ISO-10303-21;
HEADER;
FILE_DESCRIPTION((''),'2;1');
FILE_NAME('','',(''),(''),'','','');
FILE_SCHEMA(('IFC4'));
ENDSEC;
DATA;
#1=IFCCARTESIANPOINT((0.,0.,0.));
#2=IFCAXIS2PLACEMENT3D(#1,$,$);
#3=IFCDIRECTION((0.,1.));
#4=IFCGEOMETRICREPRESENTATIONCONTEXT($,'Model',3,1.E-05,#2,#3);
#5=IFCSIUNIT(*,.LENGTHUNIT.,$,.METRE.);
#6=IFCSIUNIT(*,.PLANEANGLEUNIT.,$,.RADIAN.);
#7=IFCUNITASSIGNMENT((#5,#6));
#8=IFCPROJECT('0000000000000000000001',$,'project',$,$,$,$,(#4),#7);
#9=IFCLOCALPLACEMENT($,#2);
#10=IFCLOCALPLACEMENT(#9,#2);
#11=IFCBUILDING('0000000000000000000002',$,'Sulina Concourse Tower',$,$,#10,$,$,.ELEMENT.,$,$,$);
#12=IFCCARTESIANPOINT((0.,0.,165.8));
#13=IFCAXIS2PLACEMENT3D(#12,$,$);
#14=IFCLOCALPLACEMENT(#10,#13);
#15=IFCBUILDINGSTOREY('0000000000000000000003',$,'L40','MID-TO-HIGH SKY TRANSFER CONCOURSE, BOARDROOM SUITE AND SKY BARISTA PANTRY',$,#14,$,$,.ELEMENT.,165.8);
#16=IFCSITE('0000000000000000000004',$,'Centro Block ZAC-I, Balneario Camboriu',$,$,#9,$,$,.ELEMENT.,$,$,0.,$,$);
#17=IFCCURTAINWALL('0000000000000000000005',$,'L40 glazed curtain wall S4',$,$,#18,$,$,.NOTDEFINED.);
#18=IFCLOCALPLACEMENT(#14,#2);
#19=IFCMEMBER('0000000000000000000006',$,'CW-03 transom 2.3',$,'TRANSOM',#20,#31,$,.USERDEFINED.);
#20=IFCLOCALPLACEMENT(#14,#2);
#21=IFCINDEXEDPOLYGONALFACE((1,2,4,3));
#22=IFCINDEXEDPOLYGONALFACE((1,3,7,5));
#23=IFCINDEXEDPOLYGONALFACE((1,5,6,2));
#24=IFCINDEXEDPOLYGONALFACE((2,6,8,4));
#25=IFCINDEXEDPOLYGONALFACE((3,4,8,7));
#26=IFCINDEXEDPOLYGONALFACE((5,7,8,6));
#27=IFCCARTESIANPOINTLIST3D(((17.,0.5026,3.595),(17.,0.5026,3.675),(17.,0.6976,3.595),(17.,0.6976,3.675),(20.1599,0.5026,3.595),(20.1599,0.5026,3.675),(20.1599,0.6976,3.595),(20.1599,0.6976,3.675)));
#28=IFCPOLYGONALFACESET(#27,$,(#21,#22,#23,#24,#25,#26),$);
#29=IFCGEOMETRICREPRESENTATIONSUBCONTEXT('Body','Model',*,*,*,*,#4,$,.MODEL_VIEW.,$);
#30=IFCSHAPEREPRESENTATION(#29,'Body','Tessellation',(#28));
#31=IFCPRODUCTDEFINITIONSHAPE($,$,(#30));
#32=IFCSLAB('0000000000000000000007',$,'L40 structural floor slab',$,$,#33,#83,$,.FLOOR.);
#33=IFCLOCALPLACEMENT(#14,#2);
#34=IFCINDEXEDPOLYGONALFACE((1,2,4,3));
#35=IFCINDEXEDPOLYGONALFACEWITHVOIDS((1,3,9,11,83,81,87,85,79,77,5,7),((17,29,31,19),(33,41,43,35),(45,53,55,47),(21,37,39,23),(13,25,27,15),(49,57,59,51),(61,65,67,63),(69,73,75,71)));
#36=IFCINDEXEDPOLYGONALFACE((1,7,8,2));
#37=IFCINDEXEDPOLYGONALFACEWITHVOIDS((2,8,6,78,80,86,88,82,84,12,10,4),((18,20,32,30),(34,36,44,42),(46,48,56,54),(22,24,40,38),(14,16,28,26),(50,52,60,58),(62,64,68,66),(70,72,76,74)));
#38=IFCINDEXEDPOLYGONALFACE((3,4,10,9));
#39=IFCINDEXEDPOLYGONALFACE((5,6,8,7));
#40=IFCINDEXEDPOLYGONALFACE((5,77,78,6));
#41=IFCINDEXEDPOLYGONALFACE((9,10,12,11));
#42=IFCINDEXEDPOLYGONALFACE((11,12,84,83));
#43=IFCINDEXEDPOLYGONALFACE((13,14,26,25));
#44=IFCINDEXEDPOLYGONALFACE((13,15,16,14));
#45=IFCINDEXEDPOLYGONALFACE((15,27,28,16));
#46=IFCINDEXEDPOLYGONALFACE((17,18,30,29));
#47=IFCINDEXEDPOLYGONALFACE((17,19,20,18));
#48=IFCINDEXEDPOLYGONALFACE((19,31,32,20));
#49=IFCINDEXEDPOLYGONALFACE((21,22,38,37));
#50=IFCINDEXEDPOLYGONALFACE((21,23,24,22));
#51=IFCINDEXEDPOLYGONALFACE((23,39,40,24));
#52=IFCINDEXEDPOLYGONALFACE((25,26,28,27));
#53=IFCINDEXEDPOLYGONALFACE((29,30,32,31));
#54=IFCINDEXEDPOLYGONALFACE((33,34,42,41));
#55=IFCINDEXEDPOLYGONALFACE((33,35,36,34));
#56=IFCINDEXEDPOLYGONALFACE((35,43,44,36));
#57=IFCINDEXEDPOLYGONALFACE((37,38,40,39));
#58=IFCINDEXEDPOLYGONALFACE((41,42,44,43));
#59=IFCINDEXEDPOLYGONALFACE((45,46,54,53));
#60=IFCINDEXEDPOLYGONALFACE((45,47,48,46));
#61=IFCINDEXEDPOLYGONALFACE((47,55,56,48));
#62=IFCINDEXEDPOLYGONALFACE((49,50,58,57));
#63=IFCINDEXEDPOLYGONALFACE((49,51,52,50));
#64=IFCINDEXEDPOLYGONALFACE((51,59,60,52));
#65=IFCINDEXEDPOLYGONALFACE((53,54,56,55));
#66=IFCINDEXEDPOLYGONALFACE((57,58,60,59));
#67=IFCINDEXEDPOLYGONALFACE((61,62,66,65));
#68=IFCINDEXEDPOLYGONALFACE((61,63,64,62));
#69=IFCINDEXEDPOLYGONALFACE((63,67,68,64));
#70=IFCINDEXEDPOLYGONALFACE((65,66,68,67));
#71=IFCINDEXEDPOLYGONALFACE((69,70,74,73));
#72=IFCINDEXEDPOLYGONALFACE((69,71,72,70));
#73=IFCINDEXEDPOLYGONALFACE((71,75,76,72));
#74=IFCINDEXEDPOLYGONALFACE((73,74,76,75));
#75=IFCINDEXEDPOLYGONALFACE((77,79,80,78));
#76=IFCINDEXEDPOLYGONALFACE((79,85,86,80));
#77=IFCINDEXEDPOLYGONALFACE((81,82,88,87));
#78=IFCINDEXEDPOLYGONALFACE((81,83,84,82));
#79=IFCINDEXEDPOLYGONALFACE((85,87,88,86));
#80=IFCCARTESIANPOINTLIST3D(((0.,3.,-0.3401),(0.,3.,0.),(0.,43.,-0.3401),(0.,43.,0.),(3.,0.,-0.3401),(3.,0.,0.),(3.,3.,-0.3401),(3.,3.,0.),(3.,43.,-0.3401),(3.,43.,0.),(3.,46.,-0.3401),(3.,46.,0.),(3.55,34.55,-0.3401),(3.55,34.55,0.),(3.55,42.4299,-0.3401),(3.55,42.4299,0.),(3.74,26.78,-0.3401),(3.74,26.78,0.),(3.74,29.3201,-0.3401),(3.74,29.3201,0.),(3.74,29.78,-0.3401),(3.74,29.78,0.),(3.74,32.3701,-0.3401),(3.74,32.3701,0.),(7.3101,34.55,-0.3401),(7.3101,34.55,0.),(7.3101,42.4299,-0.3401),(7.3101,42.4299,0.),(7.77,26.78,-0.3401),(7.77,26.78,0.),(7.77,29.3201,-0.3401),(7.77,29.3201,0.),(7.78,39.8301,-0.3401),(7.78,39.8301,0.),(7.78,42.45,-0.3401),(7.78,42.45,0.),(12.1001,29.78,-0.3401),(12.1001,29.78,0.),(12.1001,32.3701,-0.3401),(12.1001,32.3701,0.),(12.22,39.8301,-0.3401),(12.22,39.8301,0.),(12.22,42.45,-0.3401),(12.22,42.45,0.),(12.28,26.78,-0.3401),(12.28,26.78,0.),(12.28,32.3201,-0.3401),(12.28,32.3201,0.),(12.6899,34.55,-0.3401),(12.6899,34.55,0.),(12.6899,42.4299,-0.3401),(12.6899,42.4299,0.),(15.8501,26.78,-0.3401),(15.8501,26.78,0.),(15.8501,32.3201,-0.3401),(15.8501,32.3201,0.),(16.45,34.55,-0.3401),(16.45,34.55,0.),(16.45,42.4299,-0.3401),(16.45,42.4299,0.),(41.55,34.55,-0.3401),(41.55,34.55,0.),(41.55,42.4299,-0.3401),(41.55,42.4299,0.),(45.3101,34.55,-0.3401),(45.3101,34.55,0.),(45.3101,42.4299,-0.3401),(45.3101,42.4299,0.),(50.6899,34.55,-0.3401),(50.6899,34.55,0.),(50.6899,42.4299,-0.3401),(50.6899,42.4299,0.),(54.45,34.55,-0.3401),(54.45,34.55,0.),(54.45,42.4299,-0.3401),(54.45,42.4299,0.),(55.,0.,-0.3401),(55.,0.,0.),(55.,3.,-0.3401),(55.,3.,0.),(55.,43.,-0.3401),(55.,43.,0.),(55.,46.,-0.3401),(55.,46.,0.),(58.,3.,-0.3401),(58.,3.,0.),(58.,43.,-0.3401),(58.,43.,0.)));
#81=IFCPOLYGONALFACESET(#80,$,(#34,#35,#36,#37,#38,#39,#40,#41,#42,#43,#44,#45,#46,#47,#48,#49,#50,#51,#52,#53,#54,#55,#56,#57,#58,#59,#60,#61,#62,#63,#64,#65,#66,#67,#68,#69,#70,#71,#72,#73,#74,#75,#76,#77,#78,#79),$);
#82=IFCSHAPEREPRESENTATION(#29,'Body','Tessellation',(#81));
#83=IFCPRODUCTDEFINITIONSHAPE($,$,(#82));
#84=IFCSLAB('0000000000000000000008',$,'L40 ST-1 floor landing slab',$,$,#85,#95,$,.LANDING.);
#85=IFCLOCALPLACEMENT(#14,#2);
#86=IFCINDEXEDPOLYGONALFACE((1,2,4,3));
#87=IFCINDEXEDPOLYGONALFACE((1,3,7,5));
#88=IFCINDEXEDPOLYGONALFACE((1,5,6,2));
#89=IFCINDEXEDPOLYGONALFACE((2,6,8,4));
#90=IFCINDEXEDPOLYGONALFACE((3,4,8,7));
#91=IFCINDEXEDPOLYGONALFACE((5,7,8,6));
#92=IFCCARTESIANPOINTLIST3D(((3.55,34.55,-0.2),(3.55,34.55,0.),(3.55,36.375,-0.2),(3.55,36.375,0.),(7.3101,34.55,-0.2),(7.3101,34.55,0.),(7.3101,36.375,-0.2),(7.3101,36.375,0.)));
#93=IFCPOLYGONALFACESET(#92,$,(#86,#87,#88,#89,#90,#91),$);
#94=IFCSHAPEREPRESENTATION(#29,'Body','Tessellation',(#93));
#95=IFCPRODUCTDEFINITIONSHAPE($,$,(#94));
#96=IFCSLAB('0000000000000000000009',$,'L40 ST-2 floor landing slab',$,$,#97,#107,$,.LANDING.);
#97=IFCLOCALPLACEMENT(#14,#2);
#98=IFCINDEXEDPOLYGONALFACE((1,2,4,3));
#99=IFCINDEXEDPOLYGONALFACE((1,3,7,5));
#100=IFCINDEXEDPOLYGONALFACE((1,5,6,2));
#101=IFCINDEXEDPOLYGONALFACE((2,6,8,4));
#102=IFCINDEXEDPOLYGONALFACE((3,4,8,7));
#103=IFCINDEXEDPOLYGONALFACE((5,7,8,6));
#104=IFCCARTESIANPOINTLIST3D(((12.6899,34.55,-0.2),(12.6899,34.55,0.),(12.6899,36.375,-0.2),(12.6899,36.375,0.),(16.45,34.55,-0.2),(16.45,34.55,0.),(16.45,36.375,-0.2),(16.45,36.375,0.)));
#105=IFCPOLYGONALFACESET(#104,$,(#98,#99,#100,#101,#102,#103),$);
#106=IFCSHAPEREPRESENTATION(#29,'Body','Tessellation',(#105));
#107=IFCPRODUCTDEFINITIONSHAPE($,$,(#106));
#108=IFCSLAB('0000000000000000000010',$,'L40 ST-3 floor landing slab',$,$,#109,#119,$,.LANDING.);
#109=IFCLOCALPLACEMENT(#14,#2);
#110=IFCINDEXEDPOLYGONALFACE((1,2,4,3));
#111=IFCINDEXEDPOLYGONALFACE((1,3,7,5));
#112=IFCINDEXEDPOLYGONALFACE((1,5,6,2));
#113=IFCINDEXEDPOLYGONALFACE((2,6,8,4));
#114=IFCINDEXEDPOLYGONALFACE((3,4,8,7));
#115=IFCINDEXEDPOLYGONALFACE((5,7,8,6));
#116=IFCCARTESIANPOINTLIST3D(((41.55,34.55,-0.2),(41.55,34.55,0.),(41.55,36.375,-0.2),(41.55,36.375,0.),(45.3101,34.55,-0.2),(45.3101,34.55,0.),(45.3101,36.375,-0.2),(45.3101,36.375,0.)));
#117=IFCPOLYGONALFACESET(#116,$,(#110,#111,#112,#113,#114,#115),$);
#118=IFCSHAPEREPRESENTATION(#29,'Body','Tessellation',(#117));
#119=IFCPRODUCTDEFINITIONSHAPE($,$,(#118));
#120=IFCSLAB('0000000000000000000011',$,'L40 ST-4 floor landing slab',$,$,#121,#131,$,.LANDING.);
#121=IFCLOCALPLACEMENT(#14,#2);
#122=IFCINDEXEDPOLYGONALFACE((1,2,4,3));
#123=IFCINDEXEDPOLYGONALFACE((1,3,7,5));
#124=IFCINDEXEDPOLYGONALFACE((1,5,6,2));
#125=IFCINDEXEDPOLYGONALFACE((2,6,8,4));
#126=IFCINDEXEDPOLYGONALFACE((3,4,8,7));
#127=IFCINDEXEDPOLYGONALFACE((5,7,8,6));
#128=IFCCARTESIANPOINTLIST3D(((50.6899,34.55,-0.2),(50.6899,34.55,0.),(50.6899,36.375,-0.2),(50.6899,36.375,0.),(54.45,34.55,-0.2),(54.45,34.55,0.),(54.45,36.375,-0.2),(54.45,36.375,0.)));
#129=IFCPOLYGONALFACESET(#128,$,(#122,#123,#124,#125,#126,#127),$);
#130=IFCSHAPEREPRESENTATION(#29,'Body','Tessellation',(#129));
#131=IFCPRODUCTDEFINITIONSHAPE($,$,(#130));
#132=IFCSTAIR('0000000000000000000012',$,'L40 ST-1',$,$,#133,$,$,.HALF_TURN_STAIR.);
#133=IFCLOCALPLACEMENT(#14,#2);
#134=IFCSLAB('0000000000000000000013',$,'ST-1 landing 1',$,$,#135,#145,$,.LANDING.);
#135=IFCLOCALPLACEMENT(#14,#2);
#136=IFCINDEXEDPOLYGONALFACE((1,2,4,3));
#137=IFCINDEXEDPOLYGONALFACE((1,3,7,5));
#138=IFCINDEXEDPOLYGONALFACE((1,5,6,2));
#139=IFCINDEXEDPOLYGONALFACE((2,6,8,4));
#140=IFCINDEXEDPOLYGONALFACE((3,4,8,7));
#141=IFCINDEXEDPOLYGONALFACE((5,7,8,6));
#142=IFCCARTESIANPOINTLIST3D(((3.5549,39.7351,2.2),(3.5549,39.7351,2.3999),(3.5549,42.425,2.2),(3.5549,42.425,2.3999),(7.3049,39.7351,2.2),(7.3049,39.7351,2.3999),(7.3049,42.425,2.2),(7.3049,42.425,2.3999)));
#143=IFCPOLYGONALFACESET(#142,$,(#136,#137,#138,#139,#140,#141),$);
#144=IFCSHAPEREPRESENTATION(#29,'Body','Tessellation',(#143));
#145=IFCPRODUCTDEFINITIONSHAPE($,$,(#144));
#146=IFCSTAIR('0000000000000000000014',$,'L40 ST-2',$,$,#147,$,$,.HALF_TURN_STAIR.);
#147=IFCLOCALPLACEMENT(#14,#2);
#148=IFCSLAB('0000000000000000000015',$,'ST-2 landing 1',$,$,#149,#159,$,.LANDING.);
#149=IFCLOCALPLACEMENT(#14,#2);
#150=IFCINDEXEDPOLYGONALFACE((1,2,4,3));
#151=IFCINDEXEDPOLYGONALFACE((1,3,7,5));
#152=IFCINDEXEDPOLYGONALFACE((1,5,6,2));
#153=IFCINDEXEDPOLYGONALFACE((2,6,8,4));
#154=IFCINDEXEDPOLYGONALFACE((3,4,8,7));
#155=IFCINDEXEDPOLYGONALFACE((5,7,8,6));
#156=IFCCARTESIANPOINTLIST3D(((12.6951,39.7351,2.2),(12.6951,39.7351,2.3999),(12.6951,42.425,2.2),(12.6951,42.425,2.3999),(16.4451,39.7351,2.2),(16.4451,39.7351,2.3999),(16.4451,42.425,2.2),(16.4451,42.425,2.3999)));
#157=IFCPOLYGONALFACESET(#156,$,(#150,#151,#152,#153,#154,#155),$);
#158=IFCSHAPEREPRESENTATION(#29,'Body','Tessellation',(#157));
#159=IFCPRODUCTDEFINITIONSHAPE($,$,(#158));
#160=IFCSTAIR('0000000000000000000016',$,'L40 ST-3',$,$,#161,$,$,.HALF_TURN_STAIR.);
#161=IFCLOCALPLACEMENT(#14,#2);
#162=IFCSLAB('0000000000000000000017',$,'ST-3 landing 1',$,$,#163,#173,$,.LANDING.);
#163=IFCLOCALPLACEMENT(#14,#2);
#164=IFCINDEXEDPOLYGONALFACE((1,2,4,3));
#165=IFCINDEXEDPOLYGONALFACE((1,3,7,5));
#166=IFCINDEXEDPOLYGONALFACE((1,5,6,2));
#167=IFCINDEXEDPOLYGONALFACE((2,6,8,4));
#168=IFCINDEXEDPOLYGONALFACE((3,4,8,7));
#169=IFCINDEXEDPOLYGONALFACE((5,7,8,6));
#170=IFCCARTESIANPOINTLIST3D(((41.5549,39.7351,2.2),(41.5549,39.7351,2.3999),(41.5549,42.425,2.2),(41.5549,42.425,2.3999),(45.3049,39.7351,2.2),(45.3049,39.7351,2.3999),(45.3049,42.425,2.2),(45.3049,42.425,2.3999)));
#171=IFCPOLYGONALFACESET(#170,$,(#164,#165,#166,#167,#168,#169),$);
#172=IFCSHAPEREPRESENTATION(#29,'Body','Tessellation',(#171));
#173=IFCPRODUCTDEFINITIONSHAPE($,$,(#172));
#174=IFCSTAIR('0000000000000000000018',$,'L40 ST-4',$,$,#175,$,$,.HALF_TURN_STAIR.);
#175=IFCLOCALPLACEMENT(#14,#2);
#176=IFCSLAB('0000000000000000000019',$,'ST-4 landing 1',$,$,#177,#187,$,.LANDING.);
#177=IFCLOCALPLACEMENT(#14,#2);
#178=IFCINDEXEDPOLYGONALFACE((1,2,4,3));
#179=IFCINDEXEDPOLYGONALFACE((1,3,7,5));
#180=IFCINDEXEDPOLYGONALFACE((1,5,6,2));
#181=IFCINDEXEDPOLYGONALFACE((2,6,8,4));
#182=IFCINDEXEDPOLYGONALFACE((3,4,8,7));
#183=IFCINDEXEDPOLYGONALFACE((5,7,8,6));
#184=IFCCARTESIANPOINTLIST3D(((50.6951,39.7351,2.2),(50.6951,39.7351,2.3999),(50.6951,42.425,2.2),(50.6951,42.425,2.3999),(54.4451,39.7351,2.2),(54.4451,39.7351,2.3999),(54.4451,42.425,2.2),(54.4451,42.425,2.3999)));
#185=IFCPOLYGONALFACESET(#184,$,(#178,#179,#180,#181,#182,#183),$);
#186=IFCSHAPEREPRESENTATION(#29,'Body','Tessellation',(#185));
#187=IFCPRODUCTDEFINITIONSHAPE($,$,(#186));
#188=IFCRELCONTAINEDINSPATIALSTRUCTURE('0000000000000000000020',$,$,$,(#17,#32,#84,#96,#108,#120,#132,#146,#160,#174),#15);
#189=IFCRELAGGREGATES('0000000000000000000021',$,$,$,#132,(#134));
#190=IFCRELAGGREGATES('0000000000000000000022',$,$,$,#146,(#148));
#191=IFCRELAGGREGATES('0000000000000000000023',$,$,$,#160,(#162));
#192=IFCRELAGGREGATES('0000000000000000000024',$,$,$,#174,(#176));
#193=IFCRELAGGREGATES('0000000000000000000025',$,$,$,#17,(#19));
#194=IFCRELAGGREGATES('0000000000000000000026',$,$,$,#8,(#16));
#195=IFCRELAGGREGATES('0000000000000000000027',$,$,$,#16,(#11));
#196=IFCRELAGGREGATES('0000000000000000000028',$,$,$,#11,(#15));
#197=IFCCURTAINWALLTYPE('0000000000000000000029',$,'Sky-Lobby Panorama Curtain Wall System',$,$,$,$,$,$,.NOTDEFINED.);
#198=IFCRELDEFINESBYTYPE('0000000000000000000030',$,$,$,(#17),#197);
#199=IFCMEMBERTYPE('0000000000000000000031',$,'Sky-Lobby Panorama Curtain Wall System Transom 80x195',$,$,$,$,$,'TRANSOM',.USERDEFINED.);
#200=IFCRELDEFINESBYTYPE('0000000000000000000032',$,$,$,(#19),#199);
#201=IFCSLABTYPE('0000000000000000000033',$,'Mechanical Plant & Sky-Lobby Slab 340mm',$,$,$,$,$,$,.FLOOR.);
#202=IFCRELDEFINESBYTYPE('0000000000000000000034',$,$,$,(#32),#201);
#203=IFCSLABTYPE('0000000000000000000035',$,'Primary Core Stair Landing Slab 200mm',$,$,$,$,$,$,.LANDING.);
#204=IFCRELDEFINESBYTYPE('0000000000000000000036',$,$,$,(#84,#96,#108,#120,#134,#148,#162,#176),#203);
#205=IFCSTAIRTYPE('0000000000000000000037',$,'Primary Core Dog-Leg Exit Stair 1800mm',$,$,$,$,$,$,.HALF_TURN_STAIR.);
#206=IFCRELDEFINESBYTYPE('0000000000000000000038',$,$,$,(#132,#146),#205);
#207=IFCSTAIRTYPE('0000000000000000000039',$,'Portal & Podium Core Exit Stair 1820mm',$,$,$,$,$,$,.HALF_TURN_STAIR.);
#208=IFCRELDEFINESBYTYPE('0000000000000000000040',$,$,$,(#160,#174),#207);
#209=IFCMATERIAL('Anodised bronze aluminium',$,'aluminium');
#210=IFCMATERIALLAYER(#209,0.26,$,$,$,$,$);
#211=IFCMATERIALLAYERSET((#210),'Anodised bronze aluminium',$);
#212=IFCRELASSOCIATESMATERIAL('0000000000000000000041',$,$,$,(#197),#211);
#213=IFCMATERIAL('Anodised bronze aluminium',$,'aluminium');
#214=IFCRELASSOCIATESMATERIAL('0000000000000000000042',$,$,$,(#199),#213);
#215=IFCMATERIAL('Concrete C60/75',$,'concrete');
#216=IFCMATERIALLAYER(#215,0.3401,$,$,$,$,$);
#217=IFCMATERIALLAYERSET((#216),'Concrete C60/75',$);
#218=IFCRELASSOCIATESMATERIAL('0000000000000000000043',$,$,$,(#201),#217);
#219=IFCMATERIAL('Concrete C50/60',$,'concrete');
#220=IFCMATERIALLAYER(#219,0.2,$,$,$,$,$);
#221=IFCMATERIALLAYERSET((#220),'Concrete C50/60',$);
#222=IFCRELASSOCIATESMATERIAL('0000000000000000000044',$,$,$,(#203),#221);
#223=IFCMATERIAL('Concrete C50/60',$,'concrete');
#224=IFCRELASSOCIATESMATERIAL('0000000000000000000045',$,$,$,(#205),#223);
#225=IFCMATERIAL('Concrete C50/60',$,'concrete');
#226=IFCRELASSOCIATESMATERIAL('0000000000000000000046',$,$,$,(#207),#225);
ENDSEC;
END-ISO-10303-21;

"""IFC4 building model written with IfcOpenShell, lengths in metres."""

from ifc_helpers import new_model, si_unit, direction, frame, origin, origin_2d, place, context, subcontext, project, spatial, polyline, rectangle, outline, extrude, material, layer, layer_set, material_profile, profile_set, type_object, element, aggregate, save


model = new_model("IFC4")

# Units and contexts
model_context = context("Model", 3, precision=1e-05, world=origin(), true_north=direction((0.0, 1.0)))
body_context = subcontext(model_context, "Body", "Model", "MODEL_VIEW")
ifc_project = project(units=[si_unit("LENGTHUNIT", "METRE"), si_unit("PLANEANGLEUNIT", "RADIAN")], contexts=[model_context])

# Site, building, storey
site_placement = place(None, origin())
site = spatial("IfcSite", under=ifc_project, at=site_placement, Name="Centro Block ZAC-I, Balneario Camboriu", CompositionType="ELEMENT", RefElevation=0.0)
building_placement = place(site_placement, origin())
building = spatial("IfcBuilding", under=site, at=building_placement, Name="Sulina Concourse Tower", CompositionType="ELEMENT")
storey_placement = place(building_placement, frame((0.0, 0.0, 165.8)))
storey = spatial("IfcBuildingStorey", under=building, at=storey_placement, Name="L40", Description="MID-TO-HIGH SKY TRANSFER CONCOURSE, BOARDROOM SUITE AND SKY BARISTA PANTRY", CompositionType="ELEMENT", Elevation=165.8)

# Curtain wall, member
ifc_material_1 = material(Name="Anodised bronze aluminium", Category="aluminium")
ifc_layer_1 = layer(ifc_material_1, 0.26)
ifc_layer_set_1 = layer_set([ifc_layer_1], Name="Anodised bronze aluminium")
curtain_wall_type = type_object("IfcCurtainWallType", Name="Sky-Lobby Panorama Curtain Wall System", PredefinedType="NOTDEFINED", material=ifc_layer_set_1)
curtain_wall_placement = place(storey_placement, origin())
curtain_wall = element("IfcCurtainWall", 1, at=curtain_wall_placement, inside=storey, type_object=curtain_wall_type, Name="L40 glazed curtain wall S4", PredefinedType="NOTDEFINED")
ifc_material_2 = material(Name="Anodised bronze aluminium", Category="aluminium")
ifc_material_profile_1 = material_profile(ifc_material_2, rectangle(XDim=0.1951, YDim=0.0801, at=origin_2d()), Name="TRN 80x195")
ifc_profile_set_1 = profile_set([ifc_material_profile_1], Name="Anodised bronze aluminium")
member_type_1 = type_object("IfcMemberType", Name="Sky-Lobby Panorama Curtain Wall System Transom 80x195", ElementType="TRANSOM", PredefinedType="USERDEFINED", material=ifc_profile_set_1)
member_1_placement = place(storey_placement, frame((20.1599, 0.6001, 3.635), z_axis=(-1.0, 0.0, 0.0), x_axis=(0.0, -1.0, 0.0)))
member_1 = element("IfcMember", 2, at=member_1_placement, type_object=member_type_1, Name="CW-03 transom 2.3", ObjectType="TRANSOM", PredefinedType="USERDEFINED", context=body_context, shape_type="SweptSolid", body=[
    extrude(rectangle(XDim=0.1951, YDim=0.0801, at=origin_2d()), origin(), (0.0, 0.0, 1.0), 3.1599),
])

# Slabs
ifc_material_3 = material(Name="Concrete C60/75", Category="concrete")
ifc_layer_2 = layer(ifc_material_3, 0.3401)
ifc_layer_set_2 = layer_set([ifc_layer_2], Name="Concrete C60/75")
slab_type_1 = type_object("IfcSlabType", Name="Mechanical Plant & Sky-Lobby Slab 340mm", PredefinedType="FLOOR", material=ifc_layer_set_2)
slab_1_placement = place(storey_placement, frame((0.0, 0.0, -0.3401)))
element("IfcSlab", 3, at=slab_1_placement, inside=storey, type_object=slab_type_1, Name="L40 structural floor slab", PredefinedType="FLOOR", context=body_context, shape_type="SweptSolid", body=[
    extrude(outline(polyline([(3.0, 0.0), (55.0, 0.0), (55.0, 3.0), (58.0, 3.0), (58.0, 43.0), (55.0, 43.0), (55.0, 46.0), (3.0, 46.0), (3.0, 43.0), (0.0, 43.0), (0.0, 3.0), (3.0, 3.0), (3.0, 0.0)]), holes=[polyline([(7.3101, 34.55), (7.3101, 42.4299), (3.55, 42.4299), (3.55, 34.55), (7.3101, 34.55)]), polyline([(16.45, 34.55), (16.45, 42.4299), (12.6899, 42.4299), (12.6899, 34.55), (16.45, 34.55)]), polyline([(45.3101, 34.55), (45.3101, 42.4299), (41.55, 42.4299), (41.55, 34.55), (45.3101, 34.55)]), polyline([(54.45, 34.55), (54.45, 42.4299), (50.6899, 42.4299), (50.6899, 34.55), (54.45, 34.55)]), polyline([(7.78, 39.8301), (12.22, 39.8301), (12.22, 42.45), (7.78, 42.45), (7.78, 39.8301)]), polyline([(3.74, 26.78), (7.77, 26.78), (7.77, 29.3201), (3.74, 29.3201), (3.74, 26.78)]), polyline([(3.74, 29.78), (12.1001, 29.78), (12.1001, 32.3701), (3.74, 32.3701), (3.74, 29.78)]), polyline([(12.28, 26.78), (15.8501, 26.78), (15.8501, 32.3201), (12.28, 32.3201), (12.28, 26.78)])]), origin(), (0.0, 0.0, 1.0), 0.3401),
])
ifc_material_4 = material(Name="Concrete C50/60", Category="concrete")
ifc_layer_3 = layer(ifc_material_4, 0.2)
ifc_layer_set_3 = layer_set([ifc_layer_3], Name="Concrete C50/60")
slab_type_2 = type_object("IfcSlabType", Name="Primary Core Stair Landing Slab 200mm", PredefinedType="LANDING", material=ifc_layer_set_3)
slab_2_placement = place(storey_placement, frame((0.0, 0.0, -0.2)))
element("IfcSlab", 4, at=slab_2_placement, inside=storey, type_object=slab_type_2, Name="L40 ST-1 floor landing slab", PredefinedType="LANDING", context=body_context, shape_type="SweptSolid", body=[
    extrude(outline(polyline([(7.3101, 34.55), (7.3101, 36.375), (3.55, 36.375), (3.55, 34.55), (7.3101, 34.55)])), origin(), (0.0, 0.0, 1.0), 0.2),
])
slab_3_placement = place(storey_placement, frame((0.0, 0.0, -0.2)))
element("IfcSlab", 5, at=slab_3_placement, inside=storey, type_object=slab_type_2, Name="L40 ST-2 floor landing slab", PredefinedType="LANDING", context=body_context, shape_type="SweptSolid", body=[
    extrude(outline(polyline([(16.45, 34.55), (16.45, 36.375), (12.6899, 36.375), (12.6899, 34.55), (16.45, 34.55)])), origin(), (0.0, 0.0, 1.0), 0.2),
])
slab_4_placement = place(storey_placement, frame((0.0, 0.0, -0.2)))
element("IfcSlab", 6, at=slab_4_placement, inside=storey, type_object=slab_type_2, Name="L40 ST-3 floor landing slab", PredefinedType="LANDING", context=body_context, shape_type="SweptSolid", body=[
    extrude(outline(polyline([(45.3101, 34.55), (45.3101, 36.375), (41.55, 36.375), (41.55, 34.55), (45.3101, 34.55)])), origin(), (0.0, 0.0, 1.0), 0.2),
])
slab_5_placement = place(storey_placement, frame((0.0, 0.0, -0.2)))
element("IfcSlab", 7, at=slab_5_placement, inside=storey, type_object=slab_type_2, Name="L40 ST-4 floor landing slab", PredefinedType="LANDING", context=body_context, shape_type="SweptSolid", body=[
    extrude(outline(polyline([(54.45, 34.55), (54.45, 36.375), (50.6899, 36.375), (50.6899, 34.55), (54.45, 34.55)])), origin(), (0.0, 0.0, 1.0), 0.2),
])

# Stairs, slabs
ifc_material_5 = material(Name="Concrete C50/60", Category="concrete")
stair_type_1 = type_object("IfcStairType", Name="Primary Core Dog-Leg Exit Stair 1800mm", PredefinedType="HALF_TURN_STAIR", material=ifc_material_5)
stair_1_placement = place(storey_placement, origin())
stair_1 = element("IfcStair", 8, at=stair_1_placement, inside=storey, type_object=stair_type_1, Name="L40 ST-1", PredefinedType="HALF_TURN_STAIR")
slab_6_placement = place(storey_placement, frame((0.0, 0.0, 2.2)))
slab_6 = element("IfcSlab", 9, at=slab_6_placement, type_object=slab_type_2, Name="ST-1 landing 1", PredefinedType="LANDING", context=body_context, shape_type="SweptSolid", body=[
    extrude(outline(polyline([(7.3049, 39.7351), (7.3049, 42.425), (3.5549, 42.425), (3.5549, 39.7351), (7.3049, 39.7351)])), origin(), (0.0, 0.0, 1.0), 0.2),
])
aggregate(stair_1, [slab_6])
stair_2_placement = place(storey_placement, origin())
stair_2 = element("IfcStair", 10, at=stair_2_placement, inside=storey, type_object=stair_type_1, Name="L40 ST-2", PredefinedType="HALF_TURN_STAIR")
slab_7_placement = place(storey_placement, frame((0.0, 0.0, 2.2)))
slab_7 = element("IfcSlab", 11, at=slab_7_placement, type_object=slab_type_2, Name="ST-2 landing 1", PredefinedType="LANDING", context=body_context, shape_type="SweptSolid", body=[
    extrude(outline(polyline([(16.4451, 39.7351), (16.4451, 42.425), (12.6951, 42.425), (12.6951, 39.7351), (16.4451, 39.7351)])), origin(), (0.0, 0.0, 1.0), 0.2),
])
aggregate(stair_2, [slab_7])
ifc_material_6 = material(Name="Concrete C50/60", Category="concrete")
stair_type_2 = type_object("IfcStairType", Name="Portal & Podium Core Exit Stair 1820mm", PredefinedType="HALF_TURN_STAIR", material=ifc_material_6)
stair_3_placement = place(storey_placement, origin())
stair_3 = element("IfcStair", 12, at=stair_3_placement, inside=storey, type_object=stair_type_2, Name="L40 ST-3", PredefinedType="HALF_TURN_STAIR")
slab_8_placement = place(storey_placement, frame((0.0, 0.0, 2.2)))
slab_8 = element("IfcSlab", 13, at=slab_8_placement, type_object=slab_type_2, Name="ST-3 landing 1", PredefinedType="LANDING", context=body_context, shape_type="SweptSolid", body=[
    extrude(outline(polyline([(45.3049, 39.7351), (45.3049, 42.425), (41.5549, 42.425), (41.5549, 39.7351), (45.3049, 39.7351)])), origin(), (0.0, 0.0, 1.0), 0.2),
])
aggregate(stair_3, [slab_8])
stair_4_placement = place(storey_placement, origin())
stair_4 = element("IfcStair", 14, at=stair_4_placement, inside=storey, type_object=stair_type_2, Name="L40 ST-4", PredefinedType="HALF_TURN_STAIR")
slab_9_placement = place(storey_placement, frame((0.0, 0.0, 2.2)))
slab_9 = element("IfcSlab", 15, at=slab_9_placement, type_object=slab_type_2, Name="ST-4 landing 1", PredefinedType="LANDING", context=body_context, shape_type="SweptSolid", body=[
    extrude(outline(polyline([(54.4451, 39.7351), (54.4451, 42.425), (50.6951, 42.425), (50.6951, 39.7351), (54.4451, 39.7351)])), origin(), (0.0, 0.0, 1.0), 0.2),
])
aggregate(stair_4, [slab_9])

aggregate(curtain_wall, [member_1])

save(model, "model.ifc")
